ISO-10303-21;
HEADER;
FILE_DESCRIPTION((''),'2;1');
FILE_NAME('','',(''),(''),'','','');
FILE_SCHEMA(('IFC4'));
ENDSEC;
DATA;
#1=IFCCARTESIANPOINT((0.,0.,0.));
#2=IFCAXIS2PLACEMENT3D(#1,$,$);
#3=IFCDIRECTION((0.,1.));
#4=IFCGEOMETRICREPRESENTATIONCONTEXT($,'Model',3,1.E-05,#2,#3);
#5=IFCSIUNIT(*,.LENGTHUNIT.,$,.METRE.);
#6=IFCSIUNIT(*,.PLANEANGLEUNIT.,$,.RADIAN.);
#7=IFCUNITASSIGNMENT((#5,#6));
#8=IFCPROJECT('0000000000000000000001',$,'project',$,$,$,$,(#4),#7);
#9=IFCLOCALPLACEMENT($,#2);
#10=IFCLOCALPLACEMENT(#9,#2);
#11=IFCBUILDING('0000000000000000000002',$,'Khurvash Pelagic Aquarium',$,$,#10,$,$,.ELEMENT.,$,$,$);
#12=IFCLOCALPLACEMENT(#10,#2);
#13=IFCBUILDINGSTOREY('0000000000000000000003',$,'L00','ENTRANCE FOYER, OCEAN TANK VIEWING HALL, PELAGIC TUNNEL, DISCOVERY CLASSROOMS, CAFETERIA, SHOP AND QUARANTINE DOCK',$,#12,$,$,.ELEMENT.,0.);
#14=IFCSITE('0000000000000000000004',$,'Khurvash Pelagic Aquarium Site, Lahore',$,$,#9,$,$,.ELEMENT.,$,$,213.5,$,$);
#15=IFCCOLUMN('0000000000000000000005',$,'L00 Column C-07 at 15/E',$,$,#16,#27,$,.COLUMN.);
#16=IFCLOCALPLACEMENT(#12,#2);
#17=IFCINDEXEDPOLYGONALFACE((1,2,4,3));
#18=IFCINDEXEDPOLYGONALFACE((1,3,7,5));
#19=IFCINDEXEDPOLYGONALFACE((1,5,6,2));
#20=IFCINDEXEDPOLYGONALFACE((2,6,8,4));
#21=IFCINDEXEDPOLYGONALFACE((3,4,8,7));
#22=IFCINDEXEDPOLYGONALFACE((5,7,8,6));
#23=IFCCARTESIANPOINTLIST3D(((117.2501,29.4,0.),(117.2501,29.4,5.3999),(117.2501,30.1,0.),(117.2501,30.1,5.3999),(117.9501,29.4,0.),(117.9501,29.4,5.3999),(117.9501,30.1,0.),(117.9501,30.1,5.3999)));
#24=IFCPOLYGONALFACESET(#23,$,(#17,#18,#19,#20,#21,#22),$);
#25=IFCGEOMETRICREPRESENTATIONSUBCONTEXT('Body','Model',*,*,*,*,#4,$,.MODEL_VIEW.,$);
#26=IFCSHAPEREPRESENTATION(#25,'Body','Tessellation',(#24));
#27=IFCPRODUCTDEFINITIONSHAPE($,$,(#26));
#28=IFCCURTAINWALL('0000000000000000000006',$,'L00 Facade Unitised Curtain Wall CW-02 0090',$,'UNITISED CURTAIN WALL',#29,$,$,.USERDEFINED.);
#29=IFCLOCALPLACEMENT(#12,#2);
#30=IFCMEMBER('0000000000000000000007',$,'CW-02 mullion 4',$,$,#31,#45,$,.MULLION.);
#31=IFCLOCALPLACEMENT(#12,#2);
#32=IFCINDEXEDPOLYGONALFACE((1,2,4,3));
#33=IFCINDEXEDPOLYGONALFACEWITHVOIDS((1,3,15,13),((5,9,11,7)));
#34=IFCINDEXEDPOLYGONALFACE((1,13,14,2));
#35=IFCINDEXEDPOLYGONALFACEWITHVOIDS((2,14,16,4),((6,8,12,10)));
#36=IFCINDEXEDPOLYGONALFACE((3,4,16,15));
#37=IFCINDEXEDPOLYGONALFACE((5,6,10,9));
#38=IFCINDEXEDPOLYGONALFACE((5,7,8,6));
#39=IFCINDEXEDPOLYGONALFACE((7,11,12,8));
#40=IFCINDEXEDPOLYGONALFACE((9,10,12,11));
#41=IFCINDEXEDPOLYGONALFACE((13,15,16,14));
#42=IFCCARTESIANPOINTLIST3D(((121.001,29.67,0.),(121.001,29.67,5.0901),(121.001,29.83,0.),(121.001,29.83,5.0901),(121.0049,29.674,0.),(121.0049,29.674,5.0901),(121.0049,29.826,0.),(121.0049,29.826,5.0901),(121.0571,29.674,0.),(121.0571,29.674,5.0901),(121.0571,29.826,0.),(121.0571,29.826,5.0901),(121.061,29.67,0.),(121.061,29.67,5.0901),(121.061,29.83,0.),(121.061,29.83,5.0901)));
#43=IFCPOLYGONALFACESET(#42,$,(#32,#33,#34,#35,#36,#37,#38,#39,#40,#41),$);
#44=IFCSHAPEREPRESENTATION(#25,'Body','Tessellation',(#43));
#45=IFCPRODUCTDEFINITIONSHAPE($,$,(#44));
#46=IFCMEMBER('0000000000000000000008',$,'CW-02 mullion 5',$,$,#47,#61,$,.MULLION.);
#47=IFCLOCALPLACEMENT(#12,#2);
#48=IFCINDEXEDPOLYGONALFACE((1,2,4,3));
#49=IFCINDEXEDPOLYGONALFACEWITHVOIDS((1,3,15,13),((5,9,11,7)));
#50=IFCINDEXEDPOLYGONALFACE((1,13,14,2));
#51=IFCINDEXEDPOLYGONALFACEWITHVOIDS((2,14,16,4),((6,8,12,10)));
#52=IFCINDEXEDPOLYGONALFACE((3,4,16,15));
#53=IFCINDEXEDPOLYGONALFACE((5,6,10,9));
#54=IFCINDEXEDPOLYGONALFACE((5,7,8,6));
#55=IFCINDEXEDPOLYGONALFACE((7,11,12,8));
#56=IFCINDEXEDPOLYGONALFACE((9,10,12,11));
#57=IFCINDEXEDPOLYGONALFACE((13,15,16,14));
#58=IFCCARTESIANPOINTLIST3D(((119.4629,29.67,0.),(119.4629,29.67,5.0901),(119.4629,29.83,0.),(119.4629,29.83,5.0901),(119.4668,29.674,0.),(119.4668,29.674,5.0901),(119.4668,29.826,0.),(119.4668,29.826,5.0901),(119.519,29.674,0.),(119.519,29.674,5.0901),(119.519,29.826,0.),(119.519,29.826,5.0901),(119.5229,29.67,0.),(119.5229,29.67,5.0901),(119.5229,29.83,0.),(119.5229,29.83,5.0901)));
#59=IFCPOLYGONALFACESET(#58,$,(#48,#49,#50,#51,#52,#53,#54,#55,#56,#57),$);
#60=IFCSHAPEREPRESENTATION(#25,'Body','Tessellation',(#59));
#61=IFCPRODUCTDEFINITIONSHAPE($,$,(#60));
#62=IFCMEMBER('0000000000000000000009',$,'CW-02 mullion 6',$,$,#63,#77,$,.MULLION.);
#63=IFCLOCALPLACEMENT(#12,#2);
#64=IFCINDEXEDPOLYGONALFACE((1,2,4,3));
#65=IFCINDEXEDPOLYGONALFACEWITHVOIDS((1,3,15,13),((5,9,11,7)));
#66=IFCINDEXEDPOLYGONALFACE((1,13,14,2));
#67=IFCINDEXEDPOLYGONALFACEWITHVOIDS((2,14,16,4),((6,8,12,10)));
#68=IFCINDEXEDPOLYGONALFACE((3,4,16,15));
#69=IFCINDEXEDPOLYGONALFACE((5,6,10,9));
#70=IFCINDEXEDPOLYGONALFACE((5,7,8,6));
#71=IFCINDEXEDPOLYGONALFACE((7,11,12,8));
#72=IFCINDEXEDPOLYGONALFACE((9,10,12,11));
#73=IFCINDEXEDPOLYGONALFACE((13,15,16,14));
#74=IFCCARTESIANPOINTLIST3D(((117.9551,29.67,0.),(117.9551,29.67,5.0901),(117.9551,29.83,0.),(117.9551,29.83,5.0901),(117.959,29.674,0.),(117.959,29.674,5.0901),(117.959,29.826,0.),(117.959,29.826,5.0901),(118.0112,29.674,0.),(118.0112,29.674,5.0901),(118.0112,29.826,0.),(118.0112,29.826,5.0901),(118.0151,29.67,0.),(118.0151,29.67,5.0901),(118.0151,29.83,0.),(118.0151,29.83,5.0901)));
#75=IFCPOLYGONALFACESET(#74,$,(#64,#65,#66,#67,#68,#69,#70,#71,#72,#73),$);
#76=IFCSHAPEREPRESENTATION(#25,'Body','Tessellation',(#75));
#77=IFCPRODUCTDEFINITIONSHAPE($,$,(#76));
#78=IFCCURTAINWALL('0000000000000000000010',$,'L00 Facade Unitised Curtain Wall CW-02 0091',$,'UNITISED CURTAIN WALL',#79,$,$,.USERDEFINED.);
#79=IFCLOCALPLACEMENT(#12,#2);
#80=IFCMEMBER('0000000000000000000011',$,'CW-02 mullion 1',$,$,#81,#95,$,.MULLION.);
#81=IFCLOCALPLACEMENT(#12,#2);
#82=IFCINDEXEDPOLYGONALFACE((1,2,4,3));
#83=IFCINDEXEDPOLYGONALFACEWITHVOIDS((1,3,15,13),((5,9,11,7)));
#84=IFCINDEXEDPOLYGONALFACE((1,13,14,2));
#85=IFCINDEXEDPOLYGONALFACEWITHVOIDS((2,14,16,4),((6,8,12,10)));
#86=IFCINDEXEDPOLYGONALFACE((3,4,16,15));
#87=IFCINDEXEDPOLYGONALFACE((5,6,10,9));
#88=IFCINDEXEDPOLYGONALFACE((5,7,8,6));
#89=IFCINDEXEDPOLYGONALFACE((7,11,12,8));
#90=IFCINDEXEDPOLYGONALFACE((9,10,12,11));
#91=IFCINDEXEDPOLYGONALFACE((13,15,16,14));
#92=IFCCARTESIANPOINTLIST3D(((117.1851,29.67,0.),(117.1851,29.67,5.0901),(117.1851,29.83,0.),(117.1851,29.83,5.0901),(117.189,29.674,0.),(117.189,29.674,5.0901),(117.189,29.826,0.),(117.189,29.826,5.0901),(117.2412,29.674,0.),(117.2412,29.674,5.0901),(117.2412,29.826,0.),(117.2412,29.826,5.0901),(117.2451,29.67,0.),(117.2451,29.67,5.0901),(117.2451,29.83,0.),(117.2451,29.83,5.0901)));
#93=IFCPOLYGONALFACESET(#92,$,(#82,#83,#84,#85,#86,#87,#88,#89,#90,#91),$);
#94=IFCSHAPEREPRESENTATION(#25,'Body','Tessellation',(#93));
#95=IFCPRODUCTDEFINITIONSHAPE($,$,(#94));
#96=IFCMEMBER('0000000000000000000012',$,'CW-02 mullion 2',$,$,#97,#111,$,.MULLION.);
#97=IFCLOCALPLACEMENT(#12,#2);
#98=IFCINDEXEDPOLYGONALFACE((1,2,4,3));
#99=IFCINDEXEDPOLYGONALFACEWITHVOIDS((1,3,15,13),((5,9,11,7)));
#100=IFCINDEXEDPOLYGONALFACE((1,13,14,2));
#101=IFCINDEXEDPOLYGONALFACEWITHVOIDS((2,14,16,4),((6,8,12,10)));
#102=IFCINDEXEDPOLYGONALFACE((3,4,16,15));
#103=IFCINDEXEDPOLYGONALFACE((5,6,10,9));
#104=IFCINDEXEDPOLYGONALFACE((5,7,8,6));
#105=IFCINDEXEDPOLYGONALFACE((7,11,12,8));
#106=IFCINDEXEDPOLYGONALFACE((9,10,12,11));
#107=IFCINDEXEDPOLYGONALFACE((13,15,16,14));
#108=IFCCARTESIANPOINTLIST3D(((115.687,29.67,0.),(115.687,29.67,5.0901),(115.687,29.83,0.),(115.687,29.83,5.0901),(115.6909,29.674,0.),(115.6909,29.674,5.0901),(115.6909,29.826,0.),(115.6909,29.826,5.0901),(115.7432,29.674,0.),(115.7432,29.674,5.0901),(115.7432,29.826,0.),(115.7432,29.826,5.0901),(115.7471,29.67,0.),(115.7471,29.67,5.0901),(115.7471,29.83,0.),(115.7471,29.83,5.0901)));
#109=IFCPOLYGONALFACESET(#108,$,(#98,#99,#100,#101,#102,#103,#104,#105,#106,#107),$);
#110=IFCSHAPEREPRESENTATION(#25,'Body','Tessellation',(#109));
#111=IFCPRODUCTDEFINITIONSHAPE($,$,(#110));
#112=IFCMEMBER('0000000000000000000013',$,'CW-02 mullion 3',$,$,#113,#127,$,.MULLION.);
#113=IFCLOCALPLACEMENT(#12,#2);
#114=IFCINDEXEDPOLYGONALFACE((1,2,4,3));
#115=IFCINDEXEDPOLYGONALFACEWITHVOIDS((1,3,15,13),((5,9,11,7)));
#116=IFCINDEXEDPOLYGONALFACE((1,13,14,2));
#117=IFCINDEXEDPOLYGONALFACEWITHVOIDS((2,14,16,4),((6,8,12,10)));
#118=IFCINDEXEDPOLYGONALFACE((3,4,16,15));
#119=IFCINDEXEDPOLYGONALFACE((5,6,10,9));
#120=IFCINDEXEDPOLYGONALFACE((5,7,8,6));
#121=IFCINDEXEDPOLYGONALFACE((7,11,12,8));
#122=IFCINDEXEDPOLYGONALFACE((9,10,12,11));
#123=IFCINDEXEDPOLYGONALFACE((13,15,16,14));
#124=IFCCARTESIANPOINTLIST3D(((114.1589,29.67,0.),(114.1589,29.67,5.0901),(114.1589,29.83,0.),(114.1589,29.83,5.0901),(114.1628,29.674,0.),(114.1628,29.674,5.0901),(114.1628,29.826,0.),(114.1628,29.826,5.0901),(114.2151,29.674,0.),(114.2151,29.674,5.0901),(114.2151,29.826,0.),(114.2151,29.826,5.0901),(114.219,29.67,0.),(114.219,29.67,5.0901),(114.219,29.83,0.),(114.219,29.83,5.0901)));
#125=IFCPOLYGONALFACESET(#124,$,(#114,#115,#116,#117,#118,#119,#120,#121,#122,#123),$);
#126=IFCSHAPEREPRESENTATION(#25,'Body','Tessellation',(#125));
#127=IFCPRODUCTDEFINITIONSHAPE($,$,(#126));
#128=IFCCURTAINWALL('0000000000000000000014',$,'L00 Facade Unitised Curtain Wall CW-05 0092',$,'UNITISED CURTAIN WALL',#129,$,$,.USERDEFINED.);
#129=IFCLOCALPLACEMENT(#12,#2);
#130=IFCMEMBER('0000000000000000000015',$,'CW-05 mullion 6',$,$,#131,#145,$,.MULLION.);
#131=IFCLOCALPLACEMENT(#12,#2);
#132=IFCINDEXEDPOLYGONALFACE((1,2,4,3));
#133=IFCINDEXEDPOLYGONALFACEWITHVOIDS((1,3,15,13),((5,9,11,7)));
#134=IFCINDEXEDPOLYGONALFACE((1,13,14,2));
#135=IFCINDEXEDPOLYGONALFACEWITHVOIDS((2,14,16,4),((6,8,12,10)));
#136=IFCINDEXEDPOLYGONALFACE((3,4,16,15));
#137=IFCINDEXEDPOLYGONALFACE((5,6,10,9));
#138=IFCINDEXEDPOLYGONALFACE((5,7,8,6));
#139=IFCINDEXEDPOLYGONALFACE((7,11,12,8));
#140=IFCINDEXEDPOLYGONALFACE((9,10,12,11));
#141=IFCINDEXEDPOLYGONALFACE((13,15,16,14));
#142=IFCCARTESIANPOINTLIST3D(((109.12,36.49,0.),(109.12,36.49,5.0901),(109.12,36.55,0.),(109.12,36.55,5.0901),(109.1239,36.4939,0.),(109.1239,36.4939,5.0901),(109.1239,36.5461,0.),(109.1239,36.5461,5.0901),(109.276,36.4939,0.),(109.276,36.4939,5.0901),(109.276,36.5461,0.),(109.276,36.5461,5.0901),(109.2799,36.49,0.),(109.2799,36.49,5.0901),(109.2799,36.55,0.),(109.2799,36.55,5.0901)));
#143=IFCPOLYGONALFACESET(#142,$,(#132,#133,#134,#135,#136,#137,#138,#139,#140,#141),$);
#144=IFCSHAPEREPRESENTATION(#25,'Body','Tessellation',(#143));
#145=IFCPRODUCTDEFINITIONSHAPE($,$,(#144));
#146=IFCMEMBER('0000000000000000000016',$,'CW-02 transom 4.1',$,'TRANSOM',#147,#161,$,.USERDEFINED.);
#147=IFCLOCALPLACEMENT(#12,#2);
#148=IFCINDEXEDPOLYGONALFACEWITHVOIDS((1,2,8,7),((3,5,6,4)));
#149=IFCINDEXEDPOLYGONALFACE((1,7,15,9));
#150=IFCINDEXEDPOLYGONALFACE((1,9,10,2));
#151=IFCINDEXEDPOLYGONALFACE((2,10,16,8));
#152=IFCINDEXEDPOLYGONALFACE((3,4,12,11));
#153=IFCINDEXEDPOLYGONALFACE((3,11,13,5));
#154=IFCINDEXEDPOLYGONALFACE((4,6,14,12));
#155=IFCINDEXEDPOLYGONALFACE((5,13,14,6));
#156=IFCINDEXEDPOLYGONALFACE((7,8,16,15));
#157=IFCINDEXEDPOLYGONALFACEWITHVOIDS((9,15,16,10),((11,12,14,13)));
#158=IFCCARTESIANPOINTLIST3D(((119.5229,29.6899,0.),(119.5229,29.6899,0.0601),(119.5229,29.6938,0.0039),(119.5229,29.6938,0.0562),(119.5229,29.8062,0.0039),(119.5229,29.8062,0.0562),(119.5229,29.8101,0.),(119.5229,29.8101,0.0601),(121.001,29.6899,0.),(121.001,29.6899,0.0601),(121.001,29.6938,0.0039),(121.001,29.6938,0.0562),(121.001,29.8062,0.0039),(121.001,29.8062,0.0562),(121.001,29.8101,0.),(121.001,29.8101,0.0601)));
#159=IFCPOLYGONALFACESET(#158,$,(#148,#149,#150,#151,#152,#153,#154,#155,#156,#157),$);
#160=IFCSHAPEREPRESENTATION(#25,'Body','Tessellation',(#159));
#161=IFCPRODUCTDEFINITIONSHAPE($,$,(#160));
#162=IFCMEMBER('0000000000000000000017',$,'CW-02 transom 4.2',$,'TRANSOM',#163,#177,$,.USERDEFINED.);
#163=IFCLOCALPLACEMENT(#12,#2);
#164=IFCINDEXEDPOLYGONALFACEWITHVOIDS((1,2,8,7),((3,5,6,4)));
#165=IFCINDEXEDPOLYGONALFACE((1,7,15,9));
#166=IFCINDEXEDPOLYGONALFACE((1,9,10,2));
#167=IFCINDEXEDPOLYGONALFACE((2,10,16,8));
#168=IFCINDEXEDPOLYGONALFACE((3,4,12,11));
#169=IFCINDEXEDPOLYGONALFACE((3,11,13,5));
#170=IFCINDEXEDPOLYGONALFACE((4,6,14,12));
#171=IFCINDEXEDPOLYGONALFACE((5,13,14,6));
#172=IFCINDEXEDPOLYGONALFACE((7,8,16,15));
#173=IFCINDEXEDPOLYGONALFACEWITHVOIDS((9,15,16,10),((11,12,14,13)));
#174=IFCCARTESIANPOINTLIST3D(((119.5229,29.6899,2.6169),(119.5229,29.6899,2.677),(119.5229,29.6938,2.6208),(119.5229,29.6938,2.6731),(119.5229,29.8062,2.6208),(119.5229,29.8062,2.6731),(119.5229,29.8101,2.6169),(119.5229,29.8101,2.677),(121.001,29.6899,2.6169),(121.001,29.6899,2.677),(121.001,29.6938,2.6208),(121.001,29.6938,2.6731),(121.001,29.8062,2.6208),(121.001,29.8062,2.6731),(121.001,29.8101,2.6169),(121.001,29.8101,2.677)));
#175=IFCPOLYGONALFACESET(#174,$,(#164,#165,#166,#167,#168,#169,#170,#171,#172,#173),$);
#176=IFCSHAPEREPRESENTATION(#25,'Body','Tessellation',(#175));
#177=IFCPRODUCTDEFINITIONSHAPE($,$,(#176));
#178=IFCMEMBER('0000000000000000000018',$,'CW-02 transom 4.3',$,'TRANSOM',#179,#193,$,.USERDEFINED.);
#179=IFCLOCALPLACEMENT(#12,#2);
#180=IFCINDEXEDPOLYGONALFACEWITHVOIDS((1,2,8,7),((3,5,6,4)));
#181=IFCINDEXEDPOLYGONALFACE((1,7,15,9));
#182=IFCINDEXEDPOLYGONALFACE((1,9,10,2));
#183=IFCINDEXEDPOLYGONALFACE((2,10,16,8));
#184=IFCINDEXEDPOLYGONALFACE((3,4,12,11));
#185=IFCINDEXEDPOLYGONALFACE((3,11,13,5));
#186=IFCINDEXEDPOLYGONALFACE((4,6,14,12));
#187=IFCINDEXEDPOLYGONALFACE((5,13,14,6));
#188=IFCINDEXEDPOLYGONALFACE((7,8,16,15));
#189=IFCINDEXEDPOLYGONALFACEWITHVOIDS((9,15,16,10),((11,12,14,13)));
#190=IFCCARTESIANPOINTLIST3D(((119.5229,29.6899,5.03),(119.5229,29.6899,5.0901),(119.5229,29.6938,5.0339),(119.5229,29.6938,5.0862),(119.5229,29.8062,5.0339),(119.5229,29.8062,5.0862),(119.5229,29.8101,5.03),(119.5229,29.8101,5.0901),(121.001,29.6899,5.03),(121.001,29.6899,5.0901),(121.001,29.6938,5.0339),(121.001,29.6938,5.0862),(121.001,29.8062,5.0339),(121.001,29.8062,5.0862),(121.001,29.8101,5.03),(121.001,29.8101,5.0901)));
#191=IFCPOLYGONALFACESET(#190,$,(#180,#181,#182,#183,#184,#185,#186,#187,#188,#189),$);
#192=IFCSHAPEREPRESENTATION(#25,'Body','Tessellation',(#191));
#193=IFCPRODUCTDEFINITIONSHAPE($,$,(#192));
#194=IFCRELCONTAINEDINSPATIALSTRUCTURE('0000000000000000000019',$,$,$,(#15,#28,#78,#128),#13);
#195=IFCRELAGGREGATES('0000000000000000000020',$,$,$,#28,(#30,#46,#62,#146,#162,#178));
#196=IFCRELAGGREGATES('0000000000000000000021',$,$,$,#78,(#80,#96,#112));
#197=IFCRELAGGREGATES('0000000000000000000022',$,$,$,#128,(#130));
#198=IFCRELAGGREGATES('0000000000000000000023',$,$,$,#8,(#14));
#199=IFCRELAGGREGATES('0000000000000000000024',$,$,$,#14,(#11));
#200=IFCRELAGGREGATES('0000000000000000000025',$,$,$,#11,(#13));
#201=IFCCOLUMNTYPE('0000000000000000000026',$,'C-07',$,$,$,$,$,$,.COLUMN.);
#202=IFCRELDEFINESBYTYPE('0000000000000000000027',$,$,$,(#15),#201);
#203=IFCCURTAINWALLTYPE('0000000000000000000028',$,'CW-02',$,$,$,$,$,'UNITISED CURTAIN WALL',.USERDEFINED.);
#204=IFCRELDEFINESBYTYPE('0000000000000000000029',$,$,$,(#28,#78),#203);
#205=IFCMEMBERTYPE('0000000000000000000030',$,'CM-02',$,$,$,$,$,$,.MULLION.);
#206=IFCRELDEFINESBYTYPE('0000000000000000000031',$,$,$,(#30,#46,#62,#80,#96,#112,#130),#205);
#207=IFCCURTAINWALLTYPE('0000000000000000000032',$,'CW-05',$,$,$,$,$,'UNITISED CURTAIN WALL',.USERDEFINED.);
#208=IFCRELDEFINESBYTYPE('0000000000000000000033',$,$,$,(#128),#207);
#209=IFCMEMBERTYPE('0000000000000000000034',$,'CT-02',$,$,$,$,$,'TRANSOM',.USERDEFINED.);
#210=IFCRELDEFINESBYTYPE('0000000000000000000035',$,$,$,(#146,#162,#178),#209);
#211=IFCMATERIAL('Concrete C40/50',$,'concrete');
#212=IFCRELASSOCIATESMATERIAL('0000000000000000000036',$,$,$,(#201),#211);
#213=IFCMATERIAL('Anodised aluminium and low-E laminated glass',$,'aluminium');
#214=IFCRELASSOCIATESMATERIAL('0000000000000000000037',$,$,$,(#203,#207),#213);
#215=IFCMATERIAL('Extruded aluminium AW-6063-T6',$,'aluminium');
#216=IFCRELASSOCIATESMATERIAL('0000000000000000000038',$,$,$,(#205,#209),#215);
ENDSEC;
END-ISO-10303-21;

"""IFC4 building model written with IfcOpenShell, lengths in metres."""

from ifc_helpers import new_model, si_unit, direction, frame, origin, origin_2d, place, context, subcontext, project, spatial, rectangle, hollow_rectangle, extrude, material, material_profile, profile_set, type_object, element, aggregate, save


model = new_model("IFC4")

# Units and contexts
model_context = context("Model", 3, precision=1e-05, world=origin(), true_north=direction((0.0, 1.0)))
body_context = subcontext(model_context, "Body", "Model", "MODEL_VIEW")
ifc_project = project(units=[si_unit("LENGTHUNIT", "METRE"), si_unit("PLANEANGLEUNIT", "RADIAN")], contexts=[model_context])

# Site, building, storey
site_placement = place(None, origin())
site = spatial("IfcSite", under=ifc_project, at=site_placement, Name="Khurvash Pelagic Aquarium Site, Lahore", CompositionType="ELEMENT", RefElevation=213.5)
building_placement = place(site_placement, origin())
building = spatial("IfcBuilding", under=site, at=building_placement, Name="Khurvash Pelagic Aquarium", CompositionType="ELEMENT")
storey_placement = place(building_placement, origin())
storey = spatial("IfcBuildingStorey", under=building, at=storey_placement, Name="L00", Description="ENTRANCE FOYER, OCEAN TANK VIEWING HALL, PELAGIC TUNNEL, DISCOVERY CLASSROOMS, CAFETERIA, SHOP AND QUARANTINE DOCK", CompositionType="ELEMENT", Elevation=0.0)

# Column
ifc_material_1 = material(Name="Concrete C40/50", Category="concrete")
ifc_material_profile_1 = material_profile(ifc_material_1, rectangle(XDim=0.7, YDim=0.7, at=origin_2d()), Name="RC700X700")
ifc_profile_set_1 = profile_set([ifc_material_profile_1], Name="Concrete C40/50")
column_type = type_object("IfcColumnType", Name="C-07", PredefinedType="COLUMN", material=ifc_profile_set_1)
column_placement = place(storey_placement, frame((117.6001, 29.75, 0.0), z_axis=(0.0, 0.0, 1.0), x_axis=(1.0, 0.0, 0.0)))
element("IfcColumn", 1, at=column_placement, inside=storey, type_object=column_type, Name="L00 Column C-07 at 15/E", PredefinedType="COLUMN", context=body_context, shape_type="SweptSolid", body=[
    extrude(rectangle(XDim=0.7, YDim=0.7, at=origin_2d()), origin(), (0.0, 0.0, 1.0), 5.3999),
])

# Curtain walls, members
ifc_material_2 = material(Name="Anodised aluminium and low-E laminated glass", Category="aluminium")
curtain_wall_type_1 = type_object("IfcCurtainWallType", Name="CW-02", ElementType="UNITISED CURTAIN WALL", PredefinedType="USERDEFINED", material=ifc_material_2)
curtain_wall_1_placement = place(storey_placement, origin())
curtain_wall_1 = element("IfcCurtainWall", 2, at=curtain_wall_1_placement, inside=storey, type_object=curtain_wall_type_1, Name="L00 Facade Unitised Curtain Wall CW-02 0090", ObjectType="UNITISED CURTAIN WALL", PredefinedType="USERDEFINED")
ifc_material_3 = material(Name="Extruded aluminium AW-6063-T6", Category="aluminium")
ifc_material_profile_2 = material_profile(ifc_material_3, hollow_rectangle(XDim=0.0601, YDim=0.1599, WallThickness=0.0039, at=origin_2d()), Name="CWM60X160X4")
ifc_profile_set_2 = profile_set([ifc_material_profile_2], Name="Extruded aluminium AW-6063-T6")
member_type_1 = type_object("IfcMemberType", Name="CM-02", PredefinedType="MULLION", material=ifc_profile_set_2)
member_1_placement = place(storey_placement, frame((121.031, 29.75, 0.0), z_axis=(0.0, 0.0, 1.0), x_axis=(-1.0, 0.0, 0.0)))
member_1 = element("IfcMember", 3, at=member_1_placement, type_object=member_type_1, Name="CW-02 mullion 4", PredefinedType="MULLION", context=body_context, shape_type="SweptSolid", body=[
    extrude(hollow_rectangle(XDim=0.0601, YDim=0.1599, WallThickness=0.0039, at=origin_2d()), origin(), (0.0, 0.0, 1.0), 5.0901),
])
member_2_placement = place(storey_placement, frame((119.4929, 29.75, 0.0), z_axis=(0.0, 0.0, 1.0), x_axis=(-1.0, 0.0, 0.0)))
member_2 = element("IfcMember", 4, at=member_2_placement, type_object=member_type_1, Name="CW-02 mullion 5", PredefinedType="MULLION", context=body_context, shape_type="SweptSolid", body=[
    extrude(hollow_rectangle(XDim=0.0601, YDim=0.1599, WallThickness=0.0039, at=origin_2d()), origin(), (0.0, 0.0, 1.0), 5.0901),
])
member_3_placement = place(storey_placement, frame((117.9851, 29.75, 0.0), z_axis=(0.0, 0.0, 1.0), x_axis=(-1.0, 0.0, 0.0)))
member_3 = element("IfcMember", 5, at=member_3_placement, type_object=member_type_1, Name="CW-02 mullion 6", PredefinedType="MULLION", context=body_context, shape_type="SweptSolid", body=[
    extrude(hollow_rectangle(XDim=0.0601, YDim=0.1599, WallThickness=0.0039, at=origin_2d()), origin(), (0.0, 0.0, 1.0), 5.0901),
])
curtain_wall_2_placement = place(storey_placement, origin())
curtain_wall_2 = element("IfcCurtainWall", 6, at=curtain_wall_2_placement, inside=storey, type_object=curtain_wall_type_1, Name="L00 Facade Unitised Curtain Wall CW-02 0091", ObjectType="UNITISED CURTAIN WALL", PredefinedType="USERDEFINED")
member_4_placement = place(storey_placement, frame((117.2151, 29.75, 0.0), z_axis=(0.0, 0.0, 1.0), x_axis=(-1.0, 0.0, 0.0)))
member_4 = element("IfcMember", 7, at=member_4_placement, type_object=member_type_1, Name="CW-02 mullion 1", PredefinedType="MULLION", context=body_context, shape_type="SweptSolid", body=[
    extrude(hollow_rectangle(XDim=0.0601, YDim=0.1599, WallThickness=0.0039, at=origin_2d()), origin(), (0.0, 0.0, 1.0), 5.0901),
])
member_5_placement = place(storey_placement, frame((115.717, 29.75, 0.0), z_axis=(0.0, 0.0, 1.0), x_axis=(-1.0, 0.0, 0.0)))
member_5 = element("IfcMember", 8, at=member_5_placement, type_object=member_type_1, Name="CW-02 mullion 2", PredefinedType="MULLION", context=body_context, shape_type="SweptSolid", body=[
    extrude(hollow_rectangle(XDim=0.0601, YDim=0.1599, WallThickness=0.0039, at=origin_2d()), origin(), (0.0, 0.0, 1.0), 5.0901),
])
member_6_placement = place(storey_placement, frame((114.189, 29.75, 0.0), z_axis=(0.0, 0.0, 1.0), x_axis=(-1.0, 0.0, 0.0)))
member_6 = element("IfcMember", 9, at=member_6_placement, type_object=member_type_1, Name="CW-02 mullion 3", PredefinedType="MULLION", context=body_context, shape_type="SweptSolid", body=[
    extrude(hollow_rectangle(XDim=0.0601, YDim=0.1599, WallThickness=0.0039, at=origin_2d()), origin(), (0.0, 0.0, 1.0), 5.0901),
])

# Curtain wall, member
curtain_wall_type_2 = type_object("IfcCurtainWallType", Name="CW-05", ElementType="UNITISED CURTAIN WALL", PredefinedType="USERDEFINED", material=ifc_material_2)
curtain_wall_3_placement = place(storey_placement, origin())
curtain_wall_3 = element("IfcCurtainWall", 10, at=curtain_wall_3_placement, inside=storey, type_object=curtain_wall_type_2, Name="L00 Facade Unitised Curtain Wall CW-05 0092", ObjectType="UNITISED CURTAIN WALL", PredefinedType="USERDEFINED")
member_7_placement = place(storey_placement, frame((109.2, 36.52, 0.0), z_axis=(0.0, 0.0, 1.0), x_axis=(0.0, 1.0, 0.0)))
member_7 = element("IfcMember", 11, at=member_7_placement, type_object=member_type_1, Name="CW-05 mullion 6", PredefinedType="MULLION", context=body_context, shape_type="SweptSolid", body=[
    extrude(hollow_rectangle(XDim=0.0601, YDim=0.1599, WallThickness=0.0039, at=origin_2d()), origin(), (0.0, 0.0, 1.0), 5.0901),
])

# Members
ifc_material_profile_3 = material_profile(ifc_material_3, hollow_rectangle(XDim=0.1201, YDim=0.0601, WallThickness=0.0039, at=origin_2d()), Name="CWT120X60X4")
ifc_profile_set_3 = profile_set([ifc_material_profile_3], Name="Extruded aluminium AW-6063-T6")
member_type_2 = type_object("IfcMemberType", Name="CT-02", ElementType="TRANSOM", PredefinedType="USERDEFINED", material=ifc_profile_set_3)
member_8_placement = place(storey_placement, frame((121.001, 29.75, 0.03), z_axis=(-1.0, 0.0, 0.0), x_axis=(0.0, -1.0, 0.0)))
member_8 = element("IfcMember", 12, at=member_8_placement, type_object=member_type_2, Name="CW-02 transom 4.1", ObjectType="TRANSOM", PredefinedType="USERDEFINED", context=body_context, shape_type="SweptSolid", body=[
    extrude(hollow_rectangle(XDim=0.1201, YDim=0.0601, WallThickness=0.0039, at=origin_2d()), origin(), (0.0, 0.0, 1.0), 1.478),
])
member_9_placement = place(storey_placement, frame((121.001, 29.75, 2.647), z_axis=(-1.0, 0.0, 0.0), x_axis=(0.0, -1.0, 0.0)))
member_9 = element("IfcMember", 13, at=member_9_placement, type_object=member_type_2, Name="CW-02 transom 4.2", ObjectType="TRANSOM", PredefinedType="USERDEFINED", context=body_context, shape_type="SweptSolid", body=[
    extrude(hollow_rectangle(XDim=0.1201, YDim=0.0601, WallThickness=0.0039, at=origin_2d()), origin(), (0.0, 0.0, 1.0), 1.478),
])
member_10_placement = place(storey_placement, frame((121.001, 29.75, 5.0601), z_axis=(-1.0, 0.0, 0.0), x_axis=(0.0, -1.0, 0.0)))
member_10 = element("IfcMember", 14, at=member_10_placement, type_object=member_type_2, Name="CW-02 transom 4.3", ObjectType="TRANSOM", PredefinedType="USERDEFINED", context=body_context, shape_type="SweptSolid", body=[
    extrude(hollow_rectangle(XDim=0.1201, YDim=0.0601, WallThickness=0.0039, at=origin_2d()), origin(), (0.0, 0.0, 1.0), 1.478),
])

aggregate(curtain_wall_1, [member_1, member_2, member_3, member_8, member_9, member_10])
aggregate(curtain_wall_2, [member_4, member_5, member_6])
aggregate(curtain_wall_3, [member_7])

save(model, "model.ifc")
